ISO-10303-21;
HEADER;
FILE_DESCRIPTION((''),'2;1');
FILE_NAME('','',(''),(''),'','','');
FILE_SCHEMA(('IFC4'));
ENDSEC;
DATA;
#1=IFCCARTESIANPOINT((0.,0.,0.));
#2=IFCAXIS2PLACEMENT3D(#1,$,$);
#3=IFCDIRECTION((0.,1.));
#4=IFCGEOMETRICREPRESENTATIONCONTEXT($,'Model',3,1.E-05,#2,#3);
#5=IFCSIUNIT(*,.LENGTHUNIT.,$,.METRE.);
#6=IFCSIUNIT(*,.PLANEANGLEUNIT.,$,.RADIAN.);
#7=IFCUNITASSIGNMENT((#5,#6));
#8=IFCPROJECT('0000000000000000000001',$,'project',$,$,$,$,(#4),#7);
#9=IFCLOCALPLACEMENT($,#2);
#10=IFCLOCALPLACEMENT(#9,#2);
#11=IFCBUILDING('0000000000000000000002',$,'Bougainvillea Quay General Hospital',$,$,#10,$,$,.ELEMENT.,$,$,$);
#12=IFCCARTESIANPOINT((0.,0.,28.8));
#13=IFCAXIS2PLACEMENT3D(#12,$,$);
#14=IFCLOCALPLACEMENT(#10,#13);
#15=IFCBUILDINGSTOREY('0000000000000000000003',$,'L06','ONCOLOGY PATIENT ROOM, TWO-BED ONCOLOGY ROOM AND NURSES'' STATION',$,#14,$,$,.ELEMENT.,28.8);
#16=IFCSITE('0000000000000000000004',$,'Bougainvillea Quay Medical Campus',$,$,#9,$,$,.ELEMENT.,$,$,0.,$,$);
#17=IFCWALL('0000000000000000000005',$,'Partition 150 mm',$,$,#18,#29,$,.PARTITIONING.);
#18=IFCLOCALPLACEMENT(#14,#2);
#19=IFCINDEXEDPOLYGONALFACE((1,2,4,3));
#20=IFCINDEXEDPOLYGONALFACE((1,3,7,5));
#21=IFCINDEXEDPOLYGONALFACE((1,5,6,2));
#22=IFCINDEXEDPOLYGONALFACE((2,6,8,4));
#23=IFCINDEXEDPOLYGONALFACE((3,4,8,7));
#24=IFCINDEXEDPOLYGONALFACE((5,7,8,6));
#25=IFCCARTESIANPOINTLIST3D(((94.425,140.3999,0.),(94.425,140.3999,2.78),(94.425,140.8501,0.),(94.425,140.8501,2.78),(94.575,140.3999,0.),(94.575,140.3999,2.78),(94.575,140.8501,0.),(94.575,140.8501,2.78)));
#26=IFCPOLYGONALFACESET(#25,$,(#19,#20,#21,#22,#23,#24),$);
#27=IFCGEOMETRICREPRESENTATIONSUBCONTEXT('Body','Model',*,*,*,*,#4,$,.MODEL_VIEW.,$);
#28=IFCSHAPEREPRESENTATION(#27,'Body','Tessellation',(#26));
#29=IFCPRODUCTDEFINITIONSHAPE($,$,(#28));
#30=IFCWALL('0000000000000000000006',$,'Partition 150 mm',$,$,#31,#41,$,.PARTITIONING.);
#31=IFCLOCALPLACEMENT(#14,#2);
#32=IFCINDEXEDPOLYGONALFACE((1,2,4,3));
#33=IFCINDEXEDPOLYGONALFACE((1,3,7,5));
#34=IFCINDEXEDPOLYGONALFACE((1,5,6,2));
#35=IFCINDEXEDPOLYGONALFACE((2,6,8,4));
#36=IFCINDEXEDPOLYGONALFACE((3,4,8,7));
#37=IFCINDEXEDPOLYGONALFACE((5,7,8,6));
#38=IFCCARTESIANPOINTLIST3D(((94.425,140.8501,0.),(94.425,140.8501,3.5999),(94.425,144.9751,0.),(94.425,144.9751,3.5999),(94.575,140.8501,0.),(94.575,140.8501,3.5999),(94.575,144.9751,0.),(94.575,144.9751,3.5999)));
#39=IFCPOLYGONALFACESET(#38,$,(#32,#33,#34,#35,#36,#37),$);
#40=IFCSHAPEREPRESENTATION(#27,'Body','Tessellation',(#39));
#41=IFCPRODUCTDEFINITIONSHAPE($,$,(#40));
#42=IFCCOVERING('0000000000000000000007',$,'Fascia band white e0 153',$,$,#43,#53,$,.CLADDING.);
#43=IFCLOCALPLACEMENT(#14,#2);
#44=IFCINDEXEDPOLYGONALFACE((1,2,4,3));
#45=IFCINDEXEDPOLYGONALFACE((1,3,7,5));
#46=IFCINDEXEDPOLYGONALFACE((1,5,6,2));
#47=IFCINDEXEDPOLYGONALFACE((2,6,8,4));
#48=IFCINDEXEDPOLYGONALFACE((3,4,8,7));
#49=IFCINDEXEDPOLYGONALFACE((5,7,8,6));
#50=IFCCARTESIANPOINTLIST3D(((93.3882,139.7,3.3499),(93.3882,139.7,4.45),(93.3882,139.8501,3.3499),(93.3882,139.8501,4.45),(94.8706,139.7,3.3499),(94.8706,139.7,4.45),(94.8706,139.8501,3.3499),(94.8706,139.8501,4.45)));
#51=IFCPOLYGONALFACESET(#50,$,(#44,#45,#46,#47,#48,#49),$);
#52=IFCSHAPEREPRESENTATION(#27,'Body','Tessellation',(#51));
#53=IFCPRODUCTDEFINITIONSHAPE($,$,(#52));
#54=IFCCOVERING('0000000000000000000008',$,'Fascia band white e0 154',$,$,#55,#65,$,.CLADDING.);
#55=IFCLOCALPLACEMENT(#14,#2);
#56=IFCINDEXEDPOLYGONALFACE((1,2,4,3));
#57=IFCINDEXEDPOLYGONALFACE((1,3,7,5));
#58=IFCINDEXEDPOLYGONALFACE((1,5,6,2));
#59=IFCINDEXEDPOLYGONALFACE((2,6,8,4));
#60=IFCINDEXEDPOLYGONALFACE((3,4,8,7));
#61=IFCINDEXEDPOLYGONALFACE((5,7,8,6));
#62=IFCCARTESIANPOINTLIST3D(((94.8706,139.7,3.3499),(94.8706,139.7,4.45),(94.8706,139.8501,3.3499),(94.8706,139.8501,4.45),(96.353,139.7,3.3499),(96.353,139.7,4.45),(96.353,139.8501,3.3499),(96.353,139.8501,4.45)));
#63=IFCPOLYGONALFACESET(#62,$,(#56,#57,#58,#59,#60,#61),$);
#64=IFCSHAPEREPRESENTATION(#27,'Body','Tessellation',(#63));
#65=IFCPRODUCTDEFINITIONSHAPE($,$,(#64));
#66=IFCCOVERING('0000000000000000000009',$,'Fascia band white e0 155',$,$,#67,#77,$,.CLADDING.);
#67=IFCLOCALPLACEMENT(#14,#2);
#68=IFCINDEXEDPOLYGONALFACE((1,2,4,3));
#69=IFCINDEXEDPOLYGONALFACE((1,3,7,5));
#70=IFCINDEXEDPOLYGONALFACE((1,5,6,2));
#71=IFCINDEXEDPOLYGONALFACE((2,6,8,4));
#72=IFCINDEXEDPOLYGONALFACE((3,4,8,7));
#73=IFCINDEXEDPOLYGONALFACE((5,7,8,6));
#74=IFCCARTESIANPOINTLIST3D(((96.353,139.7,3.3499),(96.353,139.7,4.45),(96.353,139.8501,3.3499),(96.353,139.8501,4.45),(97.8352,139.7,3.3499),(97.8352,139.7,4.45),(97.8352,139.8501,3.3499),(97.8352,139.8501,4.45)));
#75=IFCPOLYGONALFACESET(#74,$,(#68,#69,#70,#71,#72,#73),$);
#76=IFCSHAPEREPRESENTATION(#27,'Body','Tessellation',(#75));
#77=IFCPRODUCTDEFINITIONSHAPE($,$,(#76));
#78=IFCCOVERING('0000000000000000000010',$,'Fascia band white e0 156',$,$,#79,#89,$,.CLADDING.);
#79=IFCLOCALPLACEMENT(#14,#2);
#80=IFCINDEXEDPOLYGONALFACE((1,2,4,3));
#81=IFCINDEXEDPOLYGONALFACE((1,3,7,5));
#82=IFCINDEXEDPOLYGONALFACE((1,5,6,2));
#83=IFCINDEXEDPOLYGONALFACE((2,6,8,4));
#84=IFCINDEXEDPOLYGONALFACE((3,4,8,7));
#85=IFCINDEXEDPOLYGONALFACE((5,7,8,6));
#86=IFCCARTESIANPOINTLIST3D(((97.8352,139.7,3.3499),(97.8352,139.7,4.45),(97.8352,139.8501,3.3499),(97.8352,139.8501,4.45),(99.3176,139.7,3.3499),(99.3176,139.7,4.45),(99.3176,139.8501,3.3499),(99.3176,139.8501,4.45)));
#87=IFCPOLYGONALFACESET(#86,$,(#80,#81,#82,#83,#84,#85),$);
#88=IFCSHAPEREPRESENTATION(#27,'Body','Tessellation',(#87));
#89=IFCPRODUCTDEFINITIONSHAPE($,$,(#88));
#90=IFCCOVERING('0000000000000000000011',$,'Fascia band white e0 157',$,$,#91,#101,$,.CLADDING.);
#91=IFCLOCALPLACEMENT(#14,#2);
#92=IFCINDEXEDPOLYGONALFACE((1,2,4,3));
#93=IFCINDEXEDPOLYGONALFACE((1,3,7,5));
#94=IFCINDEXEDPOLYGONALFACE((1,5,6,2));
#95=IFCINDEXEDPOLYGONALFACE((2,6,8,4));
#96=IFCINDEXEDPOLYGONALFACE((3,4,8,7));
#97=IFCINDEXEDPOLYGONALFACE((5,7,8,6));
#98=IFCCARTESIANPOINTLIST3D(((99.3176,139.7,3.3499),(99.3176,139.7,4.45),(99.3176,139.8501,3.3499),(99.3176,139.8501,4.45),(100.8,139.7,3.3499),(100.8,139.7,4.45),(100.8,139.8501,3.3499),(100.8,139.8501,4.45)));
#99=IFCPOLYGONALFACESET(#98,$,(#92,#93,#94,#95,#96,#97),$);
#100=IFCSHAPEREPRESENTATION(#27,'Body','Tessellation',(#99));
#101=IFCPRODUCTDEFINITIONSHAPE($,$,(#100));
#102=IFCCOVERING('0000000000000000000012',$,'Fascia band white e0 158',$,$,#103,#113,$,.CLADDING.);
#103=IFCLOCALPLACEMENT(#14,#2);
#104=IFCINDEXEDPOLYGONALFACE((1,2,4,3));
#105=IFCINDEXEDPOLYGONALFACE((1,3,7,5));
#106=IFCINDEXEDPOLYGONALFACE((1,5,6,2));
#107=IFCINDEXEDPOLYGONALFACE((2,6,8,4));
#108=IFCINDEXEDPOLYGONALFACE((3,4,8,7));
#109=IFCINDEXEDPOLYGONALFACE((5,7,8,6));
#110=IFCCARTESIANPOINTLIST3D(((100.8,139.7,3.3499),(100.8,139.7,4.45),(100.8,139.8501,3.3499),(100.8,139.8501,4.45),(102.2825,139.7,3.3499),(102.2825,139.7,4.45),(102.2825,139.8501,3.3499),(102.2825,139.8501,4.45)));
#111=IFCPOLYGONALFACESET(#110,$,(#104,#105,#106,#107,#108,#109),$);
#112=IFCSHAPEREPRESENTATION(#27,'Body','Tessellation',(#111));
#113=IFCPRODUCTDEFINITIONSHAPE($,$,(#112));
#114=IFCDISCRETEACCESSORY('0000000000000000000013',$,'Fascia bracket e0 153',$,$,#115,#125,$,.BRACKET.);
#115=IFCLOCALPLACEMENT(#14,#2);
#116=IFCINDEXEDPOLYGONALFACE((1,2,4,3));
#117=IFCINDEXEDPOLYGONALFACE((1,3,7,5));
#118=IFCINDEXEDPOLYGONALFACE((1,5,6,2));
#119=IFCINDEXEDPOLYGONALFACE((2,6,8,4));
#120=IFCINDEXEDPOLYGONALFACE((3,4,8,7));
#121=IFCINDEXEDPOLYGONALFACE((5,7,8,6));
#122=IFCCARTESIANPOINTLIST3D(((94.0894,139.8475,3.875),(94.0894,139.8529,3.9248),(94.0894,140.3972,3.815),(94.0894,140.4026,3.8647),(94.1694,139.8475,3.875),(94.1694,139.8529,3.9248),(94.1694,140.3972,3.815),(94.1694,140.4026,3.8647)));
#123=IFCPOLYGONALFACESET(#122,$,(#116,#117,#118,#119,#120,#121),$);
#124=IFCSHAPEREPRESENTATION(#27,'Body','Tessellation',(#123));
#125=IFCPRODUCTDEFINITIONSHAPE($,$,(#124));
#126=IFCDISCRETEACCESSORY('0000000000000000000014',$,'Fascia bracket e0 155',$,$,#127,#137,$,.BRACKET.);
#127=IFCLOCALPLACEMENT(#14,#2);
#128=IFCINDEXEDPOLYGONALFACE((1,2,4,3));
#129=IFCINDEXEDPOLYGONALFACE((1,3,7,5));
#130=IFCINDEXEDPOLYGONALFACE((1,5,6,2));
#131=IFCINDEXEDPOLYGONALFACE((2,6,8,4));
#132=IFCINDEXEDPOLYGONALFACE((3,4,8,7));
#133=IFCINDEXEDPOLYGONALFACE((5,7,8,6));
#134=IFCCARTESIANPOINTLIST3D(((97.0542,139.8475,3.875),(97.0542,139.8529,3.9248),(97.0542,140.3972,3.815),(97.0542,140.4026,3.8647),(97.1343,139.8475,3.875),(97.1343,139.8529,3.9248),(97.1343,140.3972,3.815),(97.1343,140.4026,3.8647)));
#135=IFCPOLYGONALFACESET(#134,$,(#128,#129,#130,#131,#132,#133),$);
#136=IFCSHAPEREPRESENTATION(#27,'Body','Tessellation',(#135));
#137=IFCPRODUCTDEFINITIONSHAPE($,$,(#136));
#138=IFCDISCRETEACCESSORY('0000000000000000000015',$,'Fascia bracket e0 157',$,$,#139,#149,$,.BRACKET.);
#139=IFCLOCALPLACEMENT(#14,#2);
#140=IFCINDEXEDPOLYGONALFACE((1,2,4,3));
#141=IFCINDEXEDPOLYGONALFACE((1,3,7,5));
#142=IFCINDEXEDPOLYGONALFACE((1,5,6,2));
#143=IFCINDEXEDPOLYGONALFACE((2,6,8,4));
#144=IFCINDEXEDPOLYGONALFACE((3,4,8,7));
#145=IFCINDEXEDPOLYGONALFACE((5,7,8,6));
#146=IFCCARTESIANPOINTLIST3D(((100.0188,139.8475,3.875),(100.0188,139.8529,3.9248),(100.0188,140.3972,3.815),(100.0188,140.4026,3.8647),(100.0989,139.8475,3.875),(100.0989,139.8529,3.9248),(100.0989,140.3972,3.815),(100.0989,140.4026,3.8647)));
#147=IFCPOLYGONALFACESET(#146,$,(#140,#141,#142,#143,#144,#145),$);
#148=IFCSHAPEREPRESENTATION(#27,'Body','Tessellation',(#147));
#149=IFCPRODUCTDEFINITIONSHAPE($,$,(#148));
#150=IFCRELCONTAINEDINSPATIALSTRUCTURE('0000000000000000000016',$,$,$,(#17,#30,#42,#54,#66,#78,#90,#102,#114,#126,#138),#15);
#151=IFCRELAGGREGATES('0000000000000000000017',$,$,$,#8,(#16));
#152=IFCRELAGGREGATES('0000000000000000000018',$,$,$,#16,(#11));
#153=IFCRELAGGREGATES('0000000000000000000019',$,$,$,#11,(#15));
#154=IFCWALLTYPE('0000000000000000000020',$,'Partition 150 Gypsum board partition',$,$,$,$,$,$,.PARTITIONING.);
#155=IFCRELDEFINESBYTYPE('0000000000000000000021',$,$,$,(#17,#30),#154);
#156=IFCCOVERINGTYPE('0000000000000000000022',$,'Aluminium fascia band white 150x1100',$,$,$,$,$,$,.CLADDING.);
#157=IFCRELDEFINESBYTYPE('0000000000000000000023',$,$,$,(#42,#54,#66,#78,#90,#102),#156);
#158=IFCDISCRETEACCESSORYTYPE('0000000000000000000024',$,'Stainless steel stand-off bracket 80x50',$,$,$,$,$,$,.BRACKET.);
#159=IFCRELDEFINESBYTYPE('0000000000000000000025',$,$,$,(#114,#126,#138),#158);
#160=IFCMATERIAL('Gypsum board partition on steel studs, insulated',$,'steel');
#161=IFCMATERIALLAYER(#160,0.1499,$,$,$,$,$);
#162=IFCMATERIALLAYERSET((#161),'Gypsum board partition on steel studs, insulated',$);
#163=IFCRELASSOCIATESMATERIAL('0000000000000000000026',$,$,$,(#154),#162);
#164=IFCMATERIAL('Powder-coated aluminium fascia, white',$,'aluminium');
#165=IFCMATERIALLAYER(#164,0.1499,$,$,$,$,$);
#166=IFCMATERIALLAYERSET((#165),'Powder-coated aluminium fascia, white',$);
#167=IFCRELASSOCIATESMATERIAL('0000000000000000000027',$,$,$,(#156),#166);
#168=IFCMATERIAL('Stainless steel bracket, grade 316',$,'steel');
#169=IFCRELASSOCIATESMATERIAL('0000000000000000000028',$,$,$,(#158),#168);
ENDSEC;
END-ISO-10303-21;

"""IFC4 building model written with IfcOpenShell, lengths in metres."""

from ifc_helpers import new_model, si_unit, direction, frame, frame_2d, origin, origin_2d, place, context, subcontext, project, spatial, polyline, rectangle, outline, extrude, material, layer, layer_set, material_profile, profile_set, type_object, element, save


model = new_model("IFC4")

# Units and contexts
model_context = context("Model", 3, precision=1e-05, world=origin(), true_north=direction((0.0, 1.0)))
body_context = subcontext(model_context, "Body", "Model", "MODEL_VIEW")
ifc_project = project(units=[si_unit("LENGTHUNIT", "METRE"), si_unit("PLANEANGLEUNIT", "RADIAN")], contexts=[model_context])

# Site, building, storey
site_placement = place(None, origin())
site = spatial("IfcSite", under=ifc_project, at=site_placement, Name="Bougainvillea Quay Medical Campus", CompositionType="ELEMENT", RefElevation=0.0)
building_placement = place(site_placement, origin())
building = spatial("IfcBuilding", under=site, at=building_placement, Name="Bougainvillea Quay General Hospital", CompositionType="ELEMENT")
storey_placement = place(building_placement, frame((0.0, 0.0, 28.8)))
storey = spatial("IfcBuildingStorey", under=building, at=storey_placement, Name="L06", Description="ONCOLOGY PATIENT ROOM, TWO-BED ONCOLOGY ROOM AND NURSES' STATION", CompositionType="ELEMENT", Elevation=28.8)

# Walls
ifc_material_1 = material(Name="Gypsum board partition on steel studs, insulated", Category="steel")
ifc_layer_1 = layer(ifc_material_1, 0.1499)
ifc_layer_set_1 = layer_set([ifc_layer_1], Name="Gypsum board partition on steel studs, insulated")
wall_type = type_object("IfcWallType", Name="Partition 150 Gypsum board partition", PredefinedType="PARTITIONING", material=ifc_layer_set_1)
wall_1_placement = place(storey_placement, frame((94.5, 140.3999, 0.0), z_axis=(0.0, 0.0, 1.0), x_axis=(0.0, 1.0, 0.0)))
element("IfcWall", 1, at=wall_1_placement, inside=storey, type_object=wall_type, Name="Partition 150 mm", PredefinedType="PARTITIONING", context=body_context, shape_type="SweptSolid", body=[
    extrude(rectangle(XDim=0.4502, YDim=0.1499, at=frame_2d((0.2251, 0.0))), origin(), (0.0, 0.0, 1.0), 2.78),
])
wall_2_placement = place(storey_placement, frame((94.5, 140.8501, 0.0), z_axis=(0.0, 0.0, 1.0), x_axis=(0.0, 1.0, 0.0)))
element("IfcWall", 2, at=wall_2_placement, inside=storey, type_object=wall_type, Name="Partition 150 mm", PredefinedType="PARTITIONING", context=body_context, shape_type="SweptSolid", body=[
    extrude(rectangle(XDim=4.125, YDim=0.1499, at=frame_2d((2.0625, 0.0))), origin(), (0.0, 0.0, 1.0), 3.5999),
])

# Coverings
ifc_material_2 = material(Name="Powder-coated aluminium fascia, white", Category="aluminium")
ifc_layer_2 = layer(ifc_material_2, 0.1499)
ifc_layer_set_2 = layer_set([ifc_layer_2], Name="Powder-coated aluminium fascia, white")
covering_type = type_object("IfcCoveringType", Name="Aluminium fascia band white 150x1100", PredefinedType="CLADDING", material=ifc_layer_set_2)
for number, where, z_axis, x_axis, name in (
    (3, (93.3882, 139.8501, 3.3499), (0.0, 0.0, 1.0), (1.0, 0.0, 0.0), "Fascia band white e0 153"),
    (4, (94.8706, 139.8501, 3.3499), (0.0, 0.0, 1.0), (1.0, 0.0, 0.0), "Fascia band white e0 154"),
):
    element("IfcCovering", number, at=place(storey_placement, frame(where, z_axis=z_axis, x_axis=x_axis)), inside=storey, type_object=covering_type, Name=name, PredefinedType="CLADDING", context=body_context, shape_type="SweptSolid", body=[
        extrude(outline(polyline([(0.0, 0.0), (1.4824, 0.0), (1.4824, -0.1501), (0.0, -0.1501), (0.0, 0.0)])), origin(), (0.0, 0.0, 1.0), 1.1001),
    ])
covering_placement = place(storey_placement, frame((96.353, 139.8501, 3.3499), z_axis=(0.0, 0.0, 1.0), x_axis=(1.0, 0.0, 0.0)))
element("IfcCovering", 5, at=covering_placement, inside=storey, type_object=covering_type, Name="Fascia band white e0 155", PredefinedType="CLADDING", context=body_context, shape_type="SweptSolid", body=[
    extrude(outline(polyline([(0.0, 0.0), (1.4822, 0.0), (1.4822, -0.1501), (0.0, -0.1501), (0.0, 0.0)])), origin(), (0.0, 0.0, 1.0), 1.1001),
])
for number, where, z_axis, x_axis, name in (
    (6, (97.8352, 139.8501, 3.3499), (0.0, 0.0, 1.0), (1.0, 0.0, 0.0), "Fascia band white e0 156"),
    (7, (99.3176, 139.8501, 3.3499), (0.0, 0.0, 1.0), (1.0, 0.0, 0.0), "Fascia band white e0 157"),
    (8, (100.8, 139.8501, 3.3499), (0.0, 0.0, 1.0), (1.0, 0.0, 0.0), "Fascia band white e0 158"),
):
    element("IfcCovering", number, at=place(storey_placement, frame(where, z_axis=z_axis, x_axis=x_axis)), inside=storey, type_object=covering_type, Name=name, PredefinedType="CLADDING", context=body_context, shape_type="SweptSolid", body=[
        extrude(outline(polyline([(0.0, 0.0), (1.4824, 0.0), (1.4824, -0.1501), (0.0, -0.1501), (0.0, 0.0)])), origin(), (0.0, 0.0, 1.0), 1.1001),
    ])

# Discrete accessories
ifc_material_3 = material(Name="Stainless steel bracket, grade 316", Category="steel")
ifc_material_profile_1 = material_profile(ifc_material_3, rectangle(XDim=0.0801, YDim=0.05, at=origin_2d()))
ifc_profile_set_1 = profile_set([ifc_material_profile_1], Name="Stainless steel bracket, grade 316")
discrete_accessory_type = type_object("IfcDiscreteAccessoryType", Name="Stainless steel stand-off bracket 80x50", PredefinedType="BRACKET", material=ifc_profile_set_1)
for number, where, z_axis, x_axis, name in (
    (9, (94.1294, 140.3999, 3.8398), (0.0, -0.994087, 0.10859), (1.0, 0.0, 0.0), "Fascia bracket e0 153"),
    (10, (97.0942, 140.3999, 3.8398), (0.0, -0.994087, 0.10859), (1.0, 0.0, 0.0), "Fascia bracket e0 155"),
    (11, (100.0588, 140.3999, 3.8398), (0.0, -0.994087, 0.10859), (1.0, 0.0, 0.0), "Fascia bracket e0 157"),
):
    element("IfcDiscreteAccessory", number, at=place(storey_placement, frame(where, z_axis=z_axis, x_axis=x_axis)), inside=storey, type_object=discrete_accessory_type, Name=name, PredefinedType="BRACKET", context=body_context, shape_type="SweptSolid", body=[
        extrude(rectangle(XDim=0.0801, YDim=0.05, at=origin_2d()), origin(), (0.0, 0.0, 1.0), 0.553),
    ])

save(model, "model.ifc")
